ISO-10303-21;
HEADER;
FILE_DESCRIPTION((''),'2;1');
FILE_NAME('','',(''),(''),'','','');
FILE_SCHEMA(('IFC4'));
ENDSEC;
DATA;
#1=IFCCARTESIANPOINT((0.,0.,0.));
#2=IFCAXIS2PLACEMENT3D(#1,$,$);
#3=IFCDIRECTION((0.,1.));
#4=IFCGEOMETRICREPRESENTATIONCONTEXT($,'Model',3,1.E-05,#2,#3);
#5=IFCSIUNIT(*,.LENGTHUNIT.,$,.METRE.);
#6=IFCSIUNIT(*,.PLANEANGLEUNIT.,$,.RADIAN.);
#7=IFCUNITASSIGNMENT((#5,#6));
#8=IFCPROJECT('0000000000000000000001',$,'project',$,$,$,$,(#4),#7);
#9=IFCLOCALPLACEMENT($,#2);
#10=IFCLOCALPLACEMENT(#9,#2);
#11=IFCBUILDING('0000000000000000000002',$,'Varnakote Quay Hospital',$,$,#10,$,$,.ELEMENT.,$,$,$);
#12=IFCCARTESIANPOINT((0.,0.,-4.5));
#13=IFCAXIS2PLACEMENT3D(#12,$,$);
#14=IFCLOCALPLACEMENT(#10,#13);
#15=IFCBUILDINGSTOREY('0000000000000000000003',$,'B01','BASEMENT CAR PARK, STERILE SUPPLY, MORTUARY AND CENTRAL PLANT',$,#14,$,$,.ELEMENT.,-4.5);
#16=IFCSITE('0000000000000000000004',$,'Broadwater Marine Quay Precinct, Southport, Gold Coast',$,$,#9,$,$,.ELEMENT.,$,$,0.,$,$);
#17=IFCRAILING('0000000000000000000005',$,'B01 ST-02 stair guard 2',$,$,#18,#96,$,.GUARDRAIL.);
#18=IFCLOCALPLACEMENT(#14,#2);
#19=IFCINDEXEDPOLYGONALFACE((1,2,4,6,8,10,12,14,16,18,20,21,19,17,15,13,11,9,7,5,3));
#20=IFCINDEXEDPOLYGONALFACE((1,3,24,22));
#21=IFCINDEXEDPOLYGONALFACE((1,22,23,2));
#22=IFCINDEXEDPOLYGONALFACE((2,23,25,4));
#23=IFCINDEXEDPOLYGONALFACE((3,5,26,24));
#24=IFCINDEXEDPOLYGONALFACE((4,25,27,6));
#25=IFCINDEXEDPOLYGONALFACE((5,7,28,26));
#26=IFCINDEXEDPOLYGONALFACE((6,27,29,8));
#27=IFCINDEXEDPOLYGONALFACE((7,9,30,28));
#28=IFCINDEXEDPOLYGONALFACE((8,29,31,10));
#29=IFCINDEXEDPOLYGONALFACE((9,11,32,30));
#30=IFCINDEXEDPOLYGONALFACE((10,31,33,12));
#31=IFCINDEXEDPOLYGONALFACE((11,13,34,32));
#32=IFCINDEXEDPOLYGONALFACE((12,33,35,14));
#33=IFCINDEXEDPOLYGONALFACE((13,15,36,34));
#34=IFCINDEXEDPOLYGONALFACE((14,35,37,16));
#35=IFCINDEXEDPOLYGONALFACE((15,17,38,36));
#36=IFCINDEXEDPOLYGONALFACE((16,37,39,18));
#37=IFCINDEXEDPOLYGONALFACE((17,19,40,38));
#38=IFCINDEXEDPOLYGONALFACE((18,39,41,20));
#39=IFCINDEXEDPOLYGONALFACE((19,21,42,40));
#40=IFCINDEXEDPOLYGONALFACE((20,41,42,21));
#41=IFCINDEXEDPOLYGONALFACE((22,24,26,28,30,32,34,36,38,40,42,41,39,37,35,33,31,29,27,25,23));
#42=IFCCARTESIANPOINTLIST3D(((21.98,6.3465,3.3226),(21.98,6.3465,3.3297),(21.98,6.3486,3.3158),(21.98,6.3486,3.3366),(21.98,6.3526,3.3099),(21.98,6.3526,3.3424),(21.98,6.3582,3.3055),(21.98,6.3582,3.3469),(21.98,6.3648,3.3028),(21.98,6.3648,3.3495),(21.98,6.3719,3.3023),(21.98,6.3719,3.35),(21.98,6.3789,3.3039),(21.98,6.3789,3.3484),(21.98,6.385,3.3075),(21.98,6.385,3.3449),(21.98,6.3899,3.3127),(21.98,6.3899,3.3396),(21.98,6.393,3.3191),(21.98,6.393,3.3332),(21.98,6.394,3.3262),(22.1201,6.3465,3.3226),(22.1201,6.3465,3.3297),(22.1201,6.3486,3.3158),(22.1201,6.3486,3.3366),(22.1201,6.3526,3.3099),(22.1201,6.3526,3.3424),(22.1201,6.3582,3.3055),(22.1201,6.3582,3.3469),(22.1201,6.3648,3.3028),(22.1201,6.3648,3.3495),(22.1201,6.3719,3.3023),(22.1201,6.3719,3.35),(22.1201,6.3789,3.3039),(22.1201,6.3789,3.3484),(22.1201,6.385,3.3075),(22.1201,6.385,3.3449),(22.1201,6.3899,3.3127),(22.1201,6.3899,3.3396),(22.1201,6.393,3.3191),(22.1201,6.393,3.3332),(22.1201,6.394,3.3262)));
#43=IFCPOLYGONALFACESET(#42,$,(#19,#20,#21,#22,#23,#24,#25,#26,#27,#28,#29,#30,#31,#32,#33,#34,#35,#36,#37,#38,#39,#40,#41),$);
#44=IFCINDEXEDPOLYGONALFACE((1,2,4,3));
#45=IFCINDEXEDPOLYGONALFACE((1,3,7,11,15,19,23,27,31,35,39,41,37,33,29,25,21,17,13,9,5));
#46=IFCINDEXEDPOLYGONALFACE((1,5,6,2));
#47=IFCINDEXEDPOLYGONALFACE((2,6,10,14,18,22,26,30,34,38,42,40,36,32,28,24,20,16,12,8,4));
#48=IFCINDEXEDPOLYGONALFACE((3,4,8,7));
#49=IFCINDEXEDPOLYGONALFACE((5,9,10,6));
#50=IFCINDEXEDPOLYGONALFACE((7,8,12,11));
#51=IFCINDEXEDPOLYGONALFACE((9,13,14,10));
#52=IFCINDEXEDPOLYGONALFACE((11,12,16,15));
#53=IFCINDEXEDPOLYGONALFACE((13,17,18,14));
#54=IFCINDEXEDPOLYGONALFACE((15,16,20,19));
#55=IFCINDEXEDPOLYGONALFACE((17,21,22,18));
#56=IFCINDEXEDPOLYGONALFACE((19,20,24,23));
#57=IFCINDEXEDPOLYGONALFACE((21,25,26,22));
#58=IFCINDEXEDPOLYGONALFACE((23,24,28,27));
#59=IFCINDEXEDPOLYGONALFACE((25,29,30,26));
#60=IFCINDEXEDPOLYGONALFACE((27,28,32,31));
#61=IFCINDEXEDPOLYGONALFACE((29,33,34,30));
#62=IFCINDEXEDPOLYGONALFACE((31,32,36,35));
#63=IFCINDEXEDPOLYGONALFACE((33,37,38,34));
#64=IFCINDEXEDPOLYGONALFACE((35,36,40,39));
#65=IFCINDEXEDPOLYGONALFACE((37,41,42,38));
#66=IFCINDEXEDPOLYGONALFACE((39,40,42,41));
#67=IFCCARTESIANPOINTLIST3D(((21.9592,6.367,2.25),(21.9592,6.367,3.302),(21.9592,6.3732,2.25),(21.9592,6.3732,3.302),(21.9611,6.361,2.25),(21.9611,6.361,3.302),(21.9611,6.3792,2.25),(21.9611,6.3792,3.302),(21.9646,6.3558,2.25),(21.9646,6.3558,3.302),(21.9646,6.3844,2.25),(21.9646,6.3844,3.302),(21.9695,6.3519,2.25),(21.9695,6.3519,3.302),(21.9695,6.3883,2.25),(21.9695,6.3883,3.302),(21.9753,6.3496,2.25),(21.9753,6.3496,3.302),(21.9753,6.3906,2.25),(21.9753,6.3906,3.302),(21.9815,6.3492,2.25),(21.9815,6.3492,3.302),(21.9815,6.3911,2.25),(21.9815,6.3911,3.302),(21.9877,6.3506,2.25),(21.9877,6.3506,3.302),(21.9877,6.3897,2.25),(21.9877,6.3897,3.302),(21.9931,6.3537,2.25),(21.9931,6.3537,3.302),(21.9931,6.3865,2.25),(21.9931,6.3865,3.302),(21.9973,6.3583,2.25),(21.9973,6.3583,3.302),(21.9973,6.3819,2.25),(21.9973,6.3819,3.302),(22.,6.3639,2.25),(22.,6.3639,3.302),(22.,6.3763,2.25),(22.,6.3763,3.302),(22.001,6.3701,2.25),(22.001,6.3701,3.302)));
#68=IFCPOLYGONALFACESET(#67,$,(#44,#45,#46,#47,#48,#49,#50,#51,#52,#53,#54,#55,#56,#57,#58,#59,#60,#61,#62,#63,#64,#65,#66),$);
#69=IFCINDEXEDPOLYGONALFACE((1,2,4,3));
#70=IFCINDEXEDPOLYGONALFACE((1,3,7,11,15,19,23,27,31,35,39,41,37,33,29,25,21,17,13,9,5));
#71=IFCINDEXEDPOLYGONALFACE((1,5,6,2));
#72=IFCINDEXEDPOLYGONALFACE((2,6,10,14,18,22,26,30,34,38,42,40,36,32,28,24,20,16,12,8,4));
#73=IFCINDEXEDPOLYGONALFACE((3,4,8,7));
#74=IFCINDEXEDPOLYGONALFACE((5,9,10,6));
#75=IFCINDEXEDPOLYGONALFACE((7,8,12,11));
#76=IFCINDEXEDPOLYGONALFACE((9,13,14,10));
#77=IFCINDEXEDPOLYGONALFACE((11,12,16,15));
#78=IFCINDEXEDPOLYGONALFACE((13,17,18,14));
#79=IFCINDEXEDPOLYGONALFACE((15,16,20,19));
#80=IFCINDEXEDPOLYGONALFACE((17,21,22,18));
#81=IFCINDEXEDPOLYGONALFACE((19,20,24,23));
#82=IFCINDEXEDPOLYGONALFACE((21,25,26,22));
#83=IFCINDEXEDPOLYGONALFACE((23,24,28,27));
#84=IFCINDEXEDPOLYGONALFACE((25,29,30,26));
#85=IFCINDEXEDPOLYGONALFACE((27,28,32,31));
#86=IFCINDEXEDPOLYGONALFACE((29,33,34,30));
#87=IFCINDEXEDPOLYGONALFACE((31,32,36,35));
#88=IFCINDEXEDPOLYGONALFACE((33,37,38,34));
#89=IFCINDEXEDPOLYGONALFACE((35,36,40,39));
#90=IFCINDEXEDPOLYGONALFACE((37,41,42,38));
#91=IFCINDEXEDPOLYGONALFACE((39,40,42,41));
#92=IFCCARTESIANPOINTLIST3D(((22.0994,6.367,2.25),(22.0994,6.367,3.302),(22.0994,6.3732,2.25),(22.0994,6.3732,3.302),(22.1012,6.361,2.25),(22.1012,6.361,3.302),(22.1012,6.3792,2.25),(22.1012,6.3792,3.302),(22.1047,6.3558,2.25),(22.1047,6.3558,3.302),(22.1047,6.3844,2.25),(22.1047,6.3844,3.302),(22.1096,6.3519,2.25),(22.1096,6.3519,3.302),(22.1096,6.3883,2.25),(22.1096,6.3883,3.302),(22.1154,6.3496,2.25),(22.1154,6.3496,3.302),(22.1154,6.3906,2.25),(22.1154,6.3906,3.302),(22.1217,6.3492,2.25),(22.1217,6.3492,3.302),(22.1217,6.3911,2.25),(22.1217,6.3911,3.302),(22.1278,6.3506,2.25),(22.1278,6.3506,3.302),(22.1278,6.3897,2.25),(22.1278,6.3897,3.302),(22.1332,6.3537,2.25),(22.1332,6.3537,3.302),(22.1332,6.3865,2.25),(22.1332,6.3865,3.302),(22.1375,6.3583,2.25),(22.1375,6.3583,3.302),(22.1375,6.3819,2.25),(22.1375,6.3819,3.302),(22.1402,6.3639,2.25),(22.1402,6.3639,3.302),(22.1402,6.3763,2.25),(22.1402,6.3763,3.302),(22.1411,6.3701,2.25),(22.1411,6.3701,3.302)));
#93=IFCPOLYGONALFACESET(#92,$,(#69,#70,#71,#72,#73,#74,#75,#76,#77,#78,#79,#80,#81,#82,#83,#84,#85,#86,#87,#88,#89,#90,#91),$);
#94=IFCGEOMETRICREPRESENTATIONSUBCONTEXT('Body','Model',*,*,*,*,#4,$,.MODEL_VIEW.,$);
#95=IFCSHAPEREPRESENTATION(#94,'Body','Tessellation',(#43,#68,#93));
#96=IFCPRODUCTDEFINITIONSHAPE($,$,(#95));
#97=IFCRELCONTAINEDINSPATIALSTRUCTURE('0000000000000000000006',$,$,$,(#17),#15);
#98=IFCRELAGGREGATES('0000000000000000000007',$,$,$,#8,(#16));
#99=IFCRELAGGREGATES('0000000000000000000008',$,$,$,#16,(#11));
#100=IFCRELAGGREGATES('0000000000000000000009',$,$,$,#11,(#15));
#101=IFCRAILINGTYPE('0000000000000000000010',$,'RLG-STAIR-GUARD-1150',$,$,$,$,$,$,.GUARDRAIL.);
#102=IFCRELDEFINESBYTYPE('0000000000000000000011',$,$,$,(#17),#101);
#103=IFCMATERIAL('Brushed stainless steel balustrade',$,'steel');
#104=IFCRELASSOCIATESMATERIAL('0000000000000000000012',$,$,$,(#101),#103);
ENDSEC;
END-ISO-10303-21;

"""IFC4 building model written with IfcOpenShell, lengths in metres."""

from ifc_helpers import new_model, si_unit, direction, frame, origin, origin_2d, place, context, subcontext, project, spatial, circle, extrude, material, type_object, element, save


model = new_model("IFC4")

# Units and contexts
model_context = context("Model", 3, precision=1e-05, world=origin(), true_north=direction((0.0, 1.0)))
body_context = subcontext(model_context, "Body", "Model", "MODEL_VIEW")
ifc_project = project(units=[si_unit("LENGTHUNIT", "METRE"), si_unit("PLANEANGLEUNIT", "RADIAN")], contexts=[model_context])

# Site, building, storey
site_placement = place(None, origin())
site = spatial("IfcSite", under=ifc_project, at=site_placement, Name="Broadwater Marine Quay Precinct, Southport, Gold Coast", CompositionType="ELEMENT", RefElevation=0.0)
building_placement = place(site_placement, origin())
building = spatial("IfcBuilding", under=site, at=building_placement, Name="Varnakote Quay Hospital", CompositionType="ELEMENT")
storey_placement = place(building_placement, frame((0.0, 0.0, -4.5)))
storey = spatial("IfcBuildingStorey", under=building, at=storey_placement, Name="B01", Description="BASEMENT CAR PARK, STERILE SUPPLY, MORTUARY AND CENTRAL PLANT", CompositionType="ELEMENT", Elevation=-4.5)

# Railing
ifc_material_1 = material(Name="Brushed stainless steel balustrade", Category="steel")
railing_type_1 = type_object("IfcRailingType", Name="RLG-STAIR-GUARD-1150", PredefinedType="GUARDRAIL", material=ifc_material_1)
railing_1_placement = place(storey_placement, frame((21.98, 6.3701, 2.25)))
element("IfcRailing", 1, at=railing_1_placement, inside=storey, type_object=railing_type_1, Name="B01 ST-02 stair guard 2", PredefinedType="GUARDRAIL", context=body_context, shape_type="SweptSolid", body=[
    extrude(circle(Radius=0.0239, at=origin_2d()), frame((0.0, 0.0, 1.0762), z_axis=(1.0, 0.0, 0.0), x_axis=(0.0, 1.0, 0.0)), (0.0, 0.0, 1.0), 0.1401),
    extrude(circle(Radius=0.021, at=origin_2d()), origin(), (0.0, 0.0, 1.0), 1.052),
    extrude(circle(Radius=0.021, at=origin_2d()), frame((0.1401, 0.0, 0.0)), (0.0, 0.0, 1.0), 1.052),
])

save(model, "model.ifc")
